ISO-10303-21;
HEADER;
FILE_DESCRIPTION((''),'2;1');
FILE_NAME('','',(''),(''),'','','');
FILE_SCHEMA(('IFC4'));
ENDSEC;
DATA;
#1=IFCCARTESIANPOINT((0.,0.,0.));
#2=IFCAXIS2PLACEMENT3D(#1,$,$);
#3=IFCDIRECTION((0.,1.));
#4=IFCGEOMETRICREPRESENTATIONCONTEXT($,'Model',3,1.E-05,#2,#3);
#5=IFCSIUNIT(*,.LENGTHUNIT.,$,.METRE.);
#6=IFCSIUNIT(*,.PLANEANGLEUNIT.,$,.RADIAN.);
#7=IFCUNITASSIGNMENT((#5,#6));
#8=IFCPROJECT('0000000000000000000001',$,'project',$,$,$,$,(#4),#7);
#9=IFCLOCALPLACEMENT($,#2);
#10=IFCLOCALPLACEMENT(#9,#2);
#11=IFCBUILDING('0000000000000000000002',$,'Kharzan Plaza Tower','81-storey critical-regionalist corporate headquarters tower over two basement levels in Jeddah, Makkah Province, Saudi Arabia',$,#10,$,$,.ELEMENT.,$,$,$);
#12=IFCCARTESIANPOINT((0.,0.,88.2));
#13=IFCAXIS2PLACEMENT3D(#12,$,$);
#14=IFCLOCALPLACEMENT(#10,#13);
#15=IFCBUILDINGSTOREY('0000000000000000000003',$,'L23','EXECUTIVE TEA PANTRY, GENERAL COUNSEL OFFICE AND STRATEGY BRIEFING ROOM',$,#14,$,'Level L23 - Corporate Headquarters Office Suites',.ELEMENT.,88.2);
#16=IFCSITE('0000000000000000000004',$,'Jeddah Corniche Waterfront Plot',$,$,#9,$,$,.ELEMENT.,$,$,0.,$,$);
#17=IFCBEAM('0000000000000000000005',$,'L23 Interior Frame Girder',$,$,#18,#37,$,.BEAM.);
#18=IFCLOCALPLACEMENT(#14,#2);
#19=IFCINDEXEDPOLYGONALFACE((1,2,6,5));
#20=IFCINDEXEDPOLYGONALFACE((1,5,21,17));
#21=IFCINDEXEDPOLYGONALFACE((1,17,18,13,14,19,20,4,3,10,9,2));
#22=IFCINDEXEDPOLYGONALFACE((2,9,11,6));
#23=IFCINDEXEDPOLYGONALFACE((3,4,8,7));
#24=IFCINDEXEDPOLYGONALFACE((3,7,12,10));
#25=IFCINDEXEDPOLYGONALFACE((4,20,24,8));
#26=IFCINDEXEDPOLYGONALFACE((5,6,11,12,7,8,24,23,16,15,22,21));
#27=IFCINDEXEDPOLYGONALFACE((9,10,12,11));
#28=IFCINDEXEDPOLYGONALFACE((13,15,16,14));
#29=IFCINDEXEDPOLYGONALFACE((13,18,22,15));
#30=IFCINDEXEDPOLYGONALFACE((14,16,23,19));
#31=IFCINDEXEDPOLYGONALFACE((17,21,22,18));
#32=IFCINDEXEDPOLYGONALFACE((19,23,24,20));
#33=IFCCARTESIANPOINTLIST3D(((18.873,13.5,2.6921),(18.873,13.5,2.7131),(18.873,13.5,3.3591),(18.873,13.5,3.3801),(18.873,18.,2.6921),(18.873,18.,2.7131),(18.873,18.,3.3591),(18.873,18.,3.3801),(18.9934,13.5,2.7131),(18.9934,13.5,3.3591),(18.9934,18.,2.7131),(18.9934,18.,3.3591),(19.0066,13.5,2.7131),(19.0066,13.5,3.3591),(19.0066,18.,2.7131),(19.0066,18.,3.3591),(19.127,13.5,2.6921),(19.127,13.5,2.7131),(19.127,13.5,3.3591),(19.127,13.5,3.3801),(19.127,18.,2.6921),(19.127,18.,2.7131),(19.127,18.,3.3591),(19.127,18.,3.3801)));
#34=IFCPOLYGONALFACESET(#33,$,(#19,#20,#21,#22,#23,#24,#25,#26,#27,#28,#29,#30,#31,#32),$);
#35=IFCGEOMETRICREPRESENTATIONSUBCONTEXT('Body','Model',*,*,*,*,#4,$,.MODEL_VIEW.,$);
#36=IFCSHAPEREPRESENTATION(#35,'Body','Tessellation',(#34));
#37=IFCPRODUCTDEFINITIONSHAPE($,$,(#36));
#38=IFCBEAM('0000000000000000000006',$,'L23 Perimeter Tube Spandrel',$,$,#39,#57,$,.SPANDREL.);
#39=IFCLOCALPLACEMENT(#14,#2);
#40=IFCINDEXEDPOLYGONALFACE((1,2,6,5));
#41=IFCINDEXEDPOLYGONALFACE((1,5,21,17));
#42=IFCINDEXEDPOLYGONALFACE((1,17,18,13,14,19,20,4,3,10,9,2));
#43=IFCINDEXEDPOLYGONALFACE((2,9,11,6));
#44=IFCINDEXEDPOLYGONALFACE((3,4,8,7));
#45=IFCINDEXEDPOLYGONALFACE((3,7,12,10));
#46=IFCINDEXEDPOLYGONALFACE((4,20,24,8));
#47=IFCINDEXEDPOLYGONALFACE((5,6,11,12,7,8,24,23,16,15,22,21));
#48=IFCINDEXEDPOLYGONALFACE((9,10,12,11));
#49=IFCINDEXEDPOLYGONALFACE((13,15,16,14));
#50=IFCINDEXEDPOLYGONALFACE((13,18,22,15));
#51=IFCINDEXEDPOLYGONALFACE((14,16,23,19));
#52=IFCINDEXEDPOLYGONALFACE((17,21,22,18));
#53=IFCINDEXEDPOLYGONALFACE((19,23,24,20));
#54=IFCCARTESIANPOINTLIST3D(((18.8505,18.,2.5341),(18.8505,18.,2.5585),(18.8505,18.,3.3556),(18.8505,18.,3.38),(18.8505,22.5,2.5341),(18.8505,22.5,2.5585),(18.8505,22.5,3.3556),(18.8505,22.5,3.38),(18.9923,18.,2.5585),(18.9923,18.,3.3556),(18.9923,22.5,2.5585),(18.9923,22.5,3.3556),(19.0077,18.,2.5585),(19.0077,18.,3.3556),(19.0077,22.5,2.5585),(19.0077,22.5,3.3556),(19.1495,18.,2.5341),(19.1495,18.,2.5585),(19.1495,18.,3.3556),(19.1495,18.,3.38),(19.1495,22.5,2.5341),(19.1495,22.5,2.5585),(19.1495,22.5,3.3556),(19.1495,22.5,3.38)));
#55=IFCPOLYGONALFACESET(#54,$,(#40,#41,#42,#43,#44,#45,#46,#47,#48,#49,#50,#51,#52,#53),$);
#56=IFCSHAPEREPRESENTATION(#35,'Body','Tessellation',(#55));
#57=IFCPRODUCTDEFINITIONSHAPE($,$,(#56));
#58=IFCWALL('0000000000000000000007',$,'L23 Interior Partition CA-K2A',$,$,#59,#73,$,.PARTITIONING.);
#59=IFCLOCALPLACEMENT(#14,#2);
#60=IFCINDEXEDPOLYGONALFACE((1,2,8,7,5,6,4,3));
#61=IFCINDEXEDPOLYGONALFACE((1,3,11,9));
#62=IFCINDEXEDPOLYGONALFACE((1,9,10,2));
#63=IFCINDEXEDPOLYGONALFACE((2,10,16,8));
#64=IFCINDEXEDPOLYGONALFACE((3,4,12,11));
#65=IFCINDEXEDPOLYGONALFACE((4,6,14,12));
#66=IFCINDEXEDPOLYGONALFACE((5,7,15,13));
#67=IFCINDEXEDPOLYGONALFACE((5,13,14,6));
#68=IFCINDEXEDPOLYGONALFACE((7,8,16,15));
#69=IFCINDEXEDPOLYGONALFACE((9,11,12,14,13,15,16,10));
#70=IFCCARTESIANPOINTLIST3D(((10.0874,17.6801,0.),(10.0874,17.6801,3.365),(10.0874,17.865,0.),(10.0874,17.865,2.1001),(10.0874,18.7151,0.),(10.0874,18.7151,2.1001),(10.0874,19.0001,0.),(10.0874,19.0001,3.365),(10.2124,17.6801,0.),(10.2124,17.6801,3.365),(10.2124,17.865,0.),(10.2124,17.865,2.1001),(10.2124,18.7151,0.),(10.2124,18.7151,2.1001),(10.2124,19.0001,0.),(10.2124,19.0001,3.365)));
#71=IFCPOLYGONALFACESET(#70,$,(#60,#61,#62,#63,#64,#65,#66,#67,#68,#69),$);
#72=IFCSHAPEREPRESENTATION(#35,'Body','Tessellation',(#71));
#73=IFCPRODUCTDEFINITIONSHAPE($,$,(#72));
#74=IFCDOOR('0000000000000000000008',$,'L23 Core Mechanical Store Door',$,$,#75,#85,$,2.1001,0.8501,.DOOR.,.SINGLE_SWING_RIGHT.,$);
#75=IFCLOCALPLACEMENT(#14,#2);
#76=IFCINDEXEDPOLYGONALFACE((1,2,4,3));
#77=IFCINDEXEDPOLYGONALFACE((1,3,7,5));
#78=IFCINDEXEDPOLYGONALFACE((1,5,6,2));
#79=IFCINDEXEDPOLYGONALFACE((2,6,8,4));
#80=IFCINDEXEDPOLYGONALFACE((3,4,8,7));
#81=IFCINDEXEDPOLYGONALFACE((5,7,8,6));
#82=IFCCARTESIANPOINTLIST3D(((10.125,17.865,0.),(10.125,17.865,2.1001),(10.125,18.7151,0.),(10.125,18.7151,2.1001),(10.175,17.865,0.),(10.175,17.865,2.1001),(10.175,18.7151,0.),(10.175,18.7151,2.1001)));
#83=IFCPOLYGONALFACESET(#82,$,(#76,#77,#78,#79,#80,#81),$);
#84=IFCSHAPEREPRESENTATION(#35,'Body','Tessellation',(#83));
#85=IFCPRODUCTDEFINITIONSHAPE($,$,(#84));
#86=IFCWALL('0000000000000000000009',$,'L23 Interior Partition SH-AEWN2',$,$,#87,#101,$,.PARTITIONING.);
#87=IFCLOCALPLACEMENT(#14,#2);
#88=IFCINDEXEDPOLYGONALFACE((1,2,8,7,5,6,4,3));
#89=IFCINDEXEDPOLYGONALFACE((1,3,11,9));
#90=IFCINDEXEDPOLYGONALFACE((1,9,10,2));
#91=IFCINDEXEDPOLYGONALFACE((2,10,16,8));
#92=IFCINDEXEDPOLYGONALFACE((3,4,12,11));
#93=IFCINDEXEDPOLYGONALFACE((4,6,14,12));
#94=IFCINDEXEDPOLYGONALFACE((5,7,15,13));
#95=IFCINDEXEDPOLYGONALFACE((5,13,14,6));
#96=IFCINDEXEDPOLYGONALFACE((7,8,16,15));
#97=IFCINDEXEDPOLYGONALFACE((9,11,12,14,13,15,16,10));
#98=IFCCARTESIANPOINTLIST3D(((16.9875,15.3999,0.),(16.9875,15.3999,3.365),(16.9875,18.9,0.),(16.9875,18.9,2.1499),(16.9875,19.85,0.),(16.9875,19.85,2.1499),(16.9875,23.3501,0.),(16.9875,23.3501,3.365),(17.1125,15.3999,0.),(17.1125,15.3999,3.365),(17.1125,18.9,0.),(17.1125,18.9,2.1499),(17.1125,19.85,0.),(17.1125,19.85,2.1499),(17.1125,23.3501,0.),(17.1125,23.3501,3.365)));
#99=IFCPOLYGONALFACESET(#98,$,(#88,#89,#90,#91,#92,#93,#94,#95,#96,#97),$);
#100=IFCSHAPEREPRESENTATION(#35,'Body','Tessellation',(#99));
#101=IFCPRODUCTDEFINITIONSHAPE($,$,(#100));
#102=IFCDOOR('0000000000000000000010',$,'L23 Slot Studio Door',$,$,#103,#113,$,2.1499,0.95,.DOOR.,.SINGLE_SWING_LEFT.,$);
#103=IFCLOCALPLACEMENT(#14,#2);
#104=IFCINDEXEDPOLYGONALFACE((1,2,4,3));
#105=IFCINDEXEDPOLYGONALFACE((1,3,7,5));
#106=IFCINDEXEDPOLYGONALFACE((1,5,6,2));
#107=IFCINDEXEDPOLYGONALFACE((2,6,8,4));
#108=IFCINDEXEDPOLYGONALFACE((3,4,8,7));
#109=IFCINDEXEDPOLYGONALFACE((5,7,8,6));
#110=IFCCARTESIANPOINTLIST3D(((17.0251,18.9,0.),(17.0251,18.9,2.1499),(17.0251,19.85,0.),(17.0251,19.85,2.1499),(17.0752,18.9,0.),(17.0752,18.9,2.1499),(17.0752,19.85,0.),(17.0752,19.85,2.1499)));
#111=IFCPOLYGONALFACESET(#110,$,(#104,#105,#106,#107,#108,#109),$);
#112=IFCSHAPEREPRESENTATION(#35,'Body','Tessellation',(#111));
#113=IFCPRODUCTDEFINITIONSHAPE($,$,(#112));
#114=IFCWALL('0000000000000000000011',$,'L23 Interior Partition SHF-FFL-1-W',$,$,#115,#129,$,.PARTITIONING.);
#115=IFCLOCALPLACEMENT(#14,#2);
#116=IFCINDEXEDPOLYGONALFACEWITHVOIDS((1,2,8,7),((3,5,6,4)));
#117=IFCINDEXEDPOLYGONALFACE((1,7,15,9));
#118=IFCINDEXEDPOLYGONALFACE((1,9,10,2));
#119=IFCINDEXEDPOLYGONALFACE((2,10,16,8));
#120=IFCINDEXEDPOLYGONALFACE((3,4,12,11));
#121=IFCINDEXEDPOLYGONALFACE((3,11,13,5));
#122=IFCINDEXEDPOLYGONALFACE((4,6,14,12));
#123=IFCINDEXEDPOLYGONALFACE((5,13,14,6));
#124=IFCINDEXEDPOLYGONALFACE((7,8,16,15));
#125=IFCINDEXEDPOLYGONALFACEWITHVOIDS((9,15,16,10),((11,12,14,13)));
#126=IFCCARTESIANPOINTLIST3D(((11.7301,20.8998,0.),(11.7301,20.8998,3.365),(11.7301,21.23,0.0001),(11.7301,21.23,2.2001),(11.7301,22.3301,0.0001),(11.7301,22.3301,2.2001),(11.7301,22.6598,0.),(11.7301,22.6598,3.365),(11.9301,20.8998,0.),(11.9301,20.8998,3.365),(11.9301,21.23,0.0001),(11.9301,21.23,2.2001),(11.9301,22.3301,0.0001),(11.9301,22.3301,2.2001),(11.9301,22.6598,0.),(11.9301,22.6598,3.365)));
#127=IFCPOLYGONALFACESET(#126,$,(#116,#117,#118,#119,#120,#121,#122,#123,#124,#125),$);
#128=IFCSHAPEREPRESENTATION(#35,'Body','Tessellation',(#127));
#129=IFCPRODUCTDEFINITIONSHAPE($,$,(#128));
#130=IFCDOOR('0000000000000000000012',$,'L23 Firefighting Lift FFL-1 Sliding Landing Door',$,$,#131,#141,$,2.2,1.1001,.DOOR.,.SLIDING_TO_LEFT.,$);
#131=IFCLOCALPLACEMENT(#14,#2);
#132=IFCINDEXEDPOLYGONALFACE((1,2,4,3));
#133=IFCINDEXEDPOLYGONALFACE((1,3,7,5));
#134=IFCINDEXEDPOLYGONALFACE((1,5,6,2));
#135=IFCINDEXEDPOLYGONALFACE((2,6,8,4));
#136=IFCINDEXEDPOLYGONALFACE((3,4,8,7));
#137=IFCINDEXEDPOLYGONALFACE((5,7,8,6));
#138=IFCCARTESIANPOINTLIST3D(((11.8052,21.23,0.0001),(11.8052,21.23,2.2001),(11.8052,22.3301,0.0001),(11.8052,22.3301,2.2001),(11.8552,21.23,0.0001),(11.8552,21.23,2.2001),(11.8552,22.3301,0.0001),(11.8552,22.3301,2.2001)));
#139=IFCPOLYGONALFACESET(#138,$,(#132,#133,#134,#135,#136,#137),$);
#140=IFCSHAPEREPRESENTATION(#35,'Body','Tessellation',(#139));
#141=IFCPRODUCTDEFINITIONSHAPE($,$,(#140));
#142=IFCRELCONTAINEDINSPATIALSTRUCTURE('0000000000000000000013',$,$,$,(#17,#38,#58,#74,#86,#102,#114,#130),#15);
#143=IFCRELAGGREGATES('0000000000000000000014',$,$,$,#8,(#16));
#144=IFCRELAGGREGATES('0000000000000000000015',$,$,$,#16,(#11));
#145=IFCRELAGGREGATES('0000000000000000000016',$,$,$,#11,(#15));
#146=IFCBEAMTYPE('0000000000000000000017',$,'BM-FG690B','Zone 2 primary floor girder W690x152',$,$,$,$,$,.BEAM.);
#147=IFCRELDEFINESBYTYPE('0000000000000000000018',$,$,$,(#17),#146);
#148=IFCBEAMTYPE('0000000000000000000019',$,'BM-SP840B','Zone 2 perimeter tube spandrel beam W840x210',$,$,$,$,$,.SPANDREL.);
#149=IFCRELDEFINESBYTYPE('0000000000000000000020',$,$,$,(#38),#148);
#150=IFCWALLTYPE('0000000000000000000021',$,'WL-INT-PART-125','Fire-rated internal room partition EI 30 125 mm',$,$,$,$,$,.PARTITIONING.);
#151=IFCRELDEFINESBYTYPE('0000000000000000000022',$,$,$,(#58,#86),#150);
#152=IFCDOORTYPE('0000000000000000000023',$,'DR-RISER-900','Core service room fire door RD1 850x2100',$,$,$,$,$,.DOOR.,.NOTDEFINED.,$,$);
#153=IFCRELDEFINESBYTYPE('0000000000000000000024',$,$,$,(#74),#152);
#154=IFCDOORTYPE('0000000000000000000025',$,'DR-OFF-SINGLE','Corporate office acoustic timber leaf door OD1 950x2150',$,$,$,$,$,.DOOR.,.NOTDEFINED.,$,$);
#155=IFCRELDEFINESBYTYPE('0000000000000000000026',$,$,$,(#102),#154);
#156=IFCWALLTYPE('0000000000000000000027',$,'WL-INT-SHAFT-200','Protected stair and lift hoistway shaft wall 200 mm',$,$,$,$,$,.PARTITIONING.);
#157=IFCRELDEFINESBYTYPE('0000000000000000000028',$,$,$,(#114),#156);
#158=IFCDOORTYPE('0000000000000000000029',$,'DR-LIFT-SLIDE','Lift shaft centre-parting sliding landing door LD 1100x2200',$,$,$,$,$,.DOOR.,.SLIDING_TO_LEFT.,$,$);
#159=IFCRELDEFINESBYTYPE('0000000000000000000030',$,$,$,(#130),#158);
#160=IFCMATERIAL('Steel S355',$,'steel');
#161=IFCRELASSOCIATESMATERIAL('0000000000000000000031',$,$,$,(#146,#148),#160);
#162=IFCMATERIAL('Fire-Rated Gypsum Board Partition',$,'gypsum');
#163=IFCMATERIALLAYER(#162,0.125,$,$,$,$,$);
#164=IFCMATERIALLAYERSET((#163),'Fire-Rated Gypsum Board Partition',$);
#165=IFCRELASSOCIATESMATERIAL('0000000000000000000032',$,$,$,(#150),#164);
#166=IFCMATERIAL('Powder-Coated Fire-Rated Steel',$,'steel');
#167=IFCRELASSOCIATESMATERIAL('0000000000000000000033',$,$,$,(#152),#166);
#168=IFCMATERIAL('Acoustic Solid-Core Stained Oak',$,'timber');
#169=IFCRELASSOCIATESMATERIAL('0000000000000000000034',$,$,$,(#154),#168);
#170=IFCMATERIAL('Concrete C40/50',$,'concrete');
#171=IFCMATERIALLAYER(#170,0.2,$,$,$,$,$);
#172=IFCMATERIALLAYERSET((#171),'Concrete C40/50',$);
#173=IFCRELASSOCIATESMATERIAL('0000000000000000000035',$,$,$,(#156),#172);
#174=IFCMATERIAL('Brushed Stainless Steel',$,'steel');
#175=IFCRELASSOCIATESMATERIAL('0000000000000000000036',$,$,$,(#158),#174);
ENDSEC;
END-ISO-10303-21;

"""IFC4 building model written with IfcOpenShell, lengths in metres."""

from ifc_helpers import new_model, si_unit, direction, frame, frame_2d, origin, origin_2d, place, context, subcontext, project, spatial, rectangle, i_section, extrude, source, transform, mapped, material, layer, layer_set, material_profile, profile_set, type_object, element, fill, save


model = new_model("IFC4")

# Units and contexts
model_context = context("Model", 3, precision=1e-05, world=origin(), true_north=direction((0.0, 1.0)))
body_context = subcontext(model_context, "Body", "Model", "MODEL_VIEW")
ifc_project = project(units=[si_unit("LENGTHUNIT", "METRE"), si_unit("PLANEANGLEUNIT", "RADIAN")], contexts=[model_context])

# Site, building, storey
site_placement = place(None, origin())
site = spatial("IfcSite", under=ifc_project, at=site_placement, Name="Jeddah Corniche Waterfront Plot", CompositionType="ELEMENT", RefElevation=0.0)
building_placement = place(site_placement, origin())
building = spatial("IfcBuilding", under=site, at=building_placement, Name="Kharzan Plaza Tower", Description="81-storey critical-regionalist corporate headquarters tower over two basement levels in Jeddah, Makkah Province, Saudi Arabia", CompositionType="ELEMENT")
storey_placement = place(building_placement, frame((0.0, 0.0, 88.2)))
storey = spatial("IfcBuildingStorey", under=building, at=storey_placement, Name="L23", Description="EXECUTIVE TEA PANTRY, GENERAL COUNSEL OFFICE AND STRATEGY BRIEFING ROOM", LongName="Level L23 - Corporate Headquarters Office Suites", CompositionType="ELEMENT", Elevation=88.2)

# Beams
ifc_material_1 = material(Name="Steel S355", Category="steel")
ifc_material_profile_1 = material_profile(ifc_material_1, i_section(OverallWidth=0.2539, OverallDepth=0.688, WebThickness=0.0132, FlangeThickness=0.021, at=origin_2d()), Name="W690x152")
ifc_profile_set_1 = profile_set([ifc_material_profile_1], Name="Steel S355")
beam_type_1 = type_object("IfcBeamType", Name="BM-FG690B", Description="Zone 2 primary floor girder W690x152", PredefinedType="BEAM", material=ifc_profile_set_1)
shared_shape_1 = source(origin(), body_context, "Body", "SweptSolid", [
    extrude(i_section(OverallWidth=0.2539, OverallDepth=0.688, WebThickness=0.0132, FlangeThickness=0.021, at=origin_2d()), origin(), (0.0, 0.0, 1.0), 4.5),
])
for number, where, z_axis, x_axis, name in (
    (1, (19.0, 13.5, 3.0361), (0.0, 1.0, 0.0), (-1.0, 0.0, 0.0), "L23 Interior Frame Girder"),
):
    element("IfcBeam", number, at=place(storey_placement, frame(where, z_axis=z_axis, x_axis=x_axis)), inside=storey, type_object=beam_type_1, Name=name, PredefinedType="BEAM", context=body_context, shape_type="MappedRepresentation", body=[
        mapped(shared_shape_1, transform((0.0, 0.0, 0.0), x_axis=(1.0, 0.0, 0.0), y_axis=(0.0, 1.0, 0.0), z_axis=(0.0, 0.0, 1.0))),
    ])
ifc_material_profile_2 = material_profile(ifc_material_1, i_section(OverallWidth=0.2991, OverallDepth=0.8459, WebThickness=0.0154, FlangeThickness=0.0244, at=origin_2d()), Name="W840x210")
ifc_profile_set_2 = profile_set([ifc_material_profile_2], Name="Steel S355")
beam_type_2 = type_object("IfcBeamType", Name="BM-SP840B", Description="Zone 2 perimeter tube spandrel beam W840x210", PredefinedType="SPANDREL", material=ifc_profile_set_2)
shared_shape_2 = source(origin(), body_context, "Body", "SweptSolid", [
    extrude(i_section(OverallWidth=0.2991, OverallDepth=0.8459, WebThickness=0.0154, FlangeThickness=0.0244, at=origin_2d()), origin(), (0.0, 0.0, 1.0), 4.5),
])
beam_1_placement = place(storey_placement, frame((19.0, 18.0, 2.957), z_axis=(0.0, 1.0, 0.0), x_axis=(-1.0, 0.0, 0.0)))
element("IfcBeam", 2, at=beam_1_placement, inside=storey, type_object=beam_type_2, Name="L23 Perimeter Tube Spandrel", PredefinedType="SPANDREL", context=body_context, shape_type="MappedRepresentation", body=[
    mapped(shared_shape_2, transform((0.0, 0.0, 0.0), x_axis=(1.0, 0.0, 0.0), y_axis=(0.0, 1.0, 0.0), z_axis=(0.0, 0.0, 1.0))),
])

# Walls, openings, doors
ifc_material_2 = material(Name="Fire-Rated Gypsum Board Partition", Category="gypsum")
ifc_layer_1 = layer(ifc_material_2, 0.125)
ifc_layer_set_1 = layer_set([ifc_layer_1], Name="Fire-Rated Gypsum Board Partition")
wall_type_1 = type_object("IfcWallType", Name="WL-INT-PART-125", Description="Fire-rated internal room partition EI 30 125 mm", PredefinedType="PARTITIONING", material=ifc_layer_set_1)
wall_1_placement = place(storey_placement, frame((10.1499, 17.6799, 0.0), z_axis=(0.0, 0.0, 1.0), x_axis=(0.0, 1.0, 0.0)))
wall_1 = element("IfcWall", 3, at=wall_1_placement, inside=storey, type_object=wall_type_1, Name="L23 Interior Partition CA-K2A", PredefinedType="PARTITIONING", context=body_context, shape_type="SweptSolid", body=[
    extrude(rectangle(XDim=1.3201, YDim=0.125, at=frame_2d((0.6602, 0.0))), origin(), (0.0, 0.0, 1.0), 3.365),
])
opening_1_placement = place(wall_1_placement, frame((0.1851, 0.0, 0.0)))
opening_1 = element("IfcOpeningElement", 4, at=opening_1_placement, cuts=wall_1, PredefinedType="OPENING", context=body_context, shape_type="SweptSolid", body=[
    extrude(rectangle(XDim=0.8501, YDim=2.1001, at=frame_2d((0.425, 1.05))), frame((0.0, 0.0725, 0.0), z_axis=(0.0, -1.0, 0.0), x_axis=(1.0, 0.0, 0.0)), (0.0, 0.0, 1.0), 0.145),
])
ifc_material_3 = material(Name="Powder-Coated Fire-Rated Steel", Category="steel")
door_type_1 = type_object("IfcDoorType", Name="DR-RISER-900", Description="Core service room fire door RD1 850x2100", OperationType="NOTDEFINED", PredefinedType="DOOR", material=ifc_material_3)
shared_shape_3 = source(origin(), body_context, "Body", "SweptSolid", [
    extrude(rectangle(XDim=0.8501, YDim=2.1001, at=frame_2d((0.425, 1.05))), frame((0.0, 0.0249, 0.0), z_axis=(0.0, -1.0, 0.0), x_axis=(1.0, 0.0, 0.0)), (0.0, 0.0, 1.0), 0.05),
])
door_1_placement = place(opening_1_placement, origin())
door_1 = element("IfcDoor", 5, at=door_1_placement, inside=storey, type_object=door_type_1, Name="L23 Core Mechanical Store Door", OperationType="SINGLE_SWING_RIGHT", OverallHeight=2.1001, OverallWidth=0.8501, PredefinedType="DOOR", context=body_context, shape_type="MappedRepresentation", body=[
    mapped(shared_shape_3, transform((0.0, 0.0, 0.0), x_axis=(1.0, 0.0, 0.0), y_axis=(0.0, 1.0, 0.0), z_axis=(0.0, 0.0, 1.0))),
])
fill(opening_1, door_1)
ifc_material_4 = material(Name="Acoustic Solid-Core Stained Oak", Category="timber")
door_type_2 = type_object("IfcDoorType", Name="DR-OFF-SINGLE", Description="Corporate office acoustic timber leaf door OD1 950x2150", OperationType="NOTDEFINED", PredefinedType="DOOR", material=ifc_material_4)
shared_shape_4 = source(origin(), body_context, "Body", "SweptSolid", [
    extrude(rectangle(XDim=0.95, YDim=2.1499, at=frame_2d((0.4751, 1.075))), frame((0.0, 0.0249, 0.0), z_axis=(0.0, -1.0, 0.0), x_axis=(1.0, 0.0, 0.0)), (0.0, 0.0, 1.0), 0.05),
])
wall_2_placement = place(storey_placement, frame((17.05, 15.3999, 0.0), z_axis=(0.0, 0.0, 1.0), x_axis=(0.0, 1.0, 0.0)))
wall_2 = element("IfcWall", 6, at=wall_2_placement, inside=storey, type_object=wall_type_1, Name="L23 Interior Partition SH-AEWN2", PredefinedType="PARTITIONING", context=body_context, shape_type="SweptSolid", body=[
    extrude(rectangle(XDim=7.9502, YDim=0.125, at=frame_2d((3.9751, 0.0))), origin(), (0.0, 0.0, 1.0), 3.365),
])
opening_2_placement = place(wall_2_placement, frame((3.5, 0.0, 0.0)))
opening_2 = element("IfcOpeningElement", 7, at=opening_2_placement, cuts=wall_2, PredefinedType="OPENING", context=body_context, shape_type="SweptSolid", body=[
    extrude(rectangle(XDim=0.95, YDim=2.1499, at=frame_2d((0.4751, 1.075))), frame((0.0, 0.0725, 0.0), z_axis=(0.0, -1.0, 0.0), x_axis=(1.0, 0.0, 0.0)), (0.0, 0.0, 1.0), 0.145),
])
door_2_placement = place(opening_2_placement, origin())
door_2 = element("IfcDoor", 8, at=door_2_placement, inside=storey, type_object=door_type_2, Name="L23 Slot Studio Door", OperationType="SINGLE_SWING_LEFT", OverallHeight=2.1499, OverallWidth=0.95, PredefinedType="DOOR", context=body_context, shape_type="MappedRepresentation", body=[
    mapped(shared_shape_4, transform((0.0, 0.0, 0.0), x_axis=(1.0, 0.0, 0.0), y_axis=(0.0, 1.0, 0.0), z_axis=(0.0, 0.0, 1.0))),
])
fill(opening_2, door_2)
ifc_material_5 = material(Name="Concrete C40/50", Category="concrete")
ifc_layer_2 = layer(ifc_material_5, 0.2)
ifc_layer_set_2 = layer_set([ifc_layer_2], Name="Concrete C40/50")
wall_type_2 = type_object("IfcWallType", Name="WL-INT-SHAFT-200", Description="Protected stair and lift hoistway shaft wall 200 mm", PredefinedType="PARTITIONING", material=ifc_layer_set_2)
wall_3_placement = place(storey_placement, frame((11.8301, 20.8999, 0.0), z_axis=(0.0, 0.0, 1.0), x_axis=(0.0, 1.0, 0.0)))
wall_3 = element("IfcWall", 9, at=wall_3_placement, inside=storey, type_object=wall_type_2, Name="L23 Interior Partition SHF-FFL-1-W", PredefinedType="PARTITIONING", context=body_context, shape_type="SweptSolid", body=[
    extrude(rectangle(XDim=1.76, YDim=0.2, at=frame_2d((0.8799, 0.0))), origin(), (0.0, 0.0, 1.0), 3.365),
])
opening_3_placement = place(wall_3_placement, frame((0.3301, 0.0, 0.0)))
opening_3 = element("IfcOpeningElement", 10, at=opening_3_placement, cuts=wall_3, PredefinedType="OPENING", context=body_context, shape_type="SweptSolid", body=[
    extrude(rectangle(XDim=1.1001, YDim=2.2, at=frame_2d((0.55, 1.1001))), frame((0.0, 0.1099, 0.0), z_axis=(0.0, -1.0, 0.0), x_axis=(1.0, 0.0, 0.0)), (0.0, 0.0, 1.0), 0.22),
])
ifc_material_6 = material(Name="Brushed Stainless Steel", Category="steel")
door_type_3 = type_object("IfcDoorType", Name="DR-LIFT-SLIDE", Description="Lift shaft centre-parting sliding landing door LD 1100x2200", OperationType="SLIDING_TO_LEFT", PredefinedType="DOOR", material=ifc_material_6)
shared_shape_5 = source(origin(), body_context, "Body", "SweptSolid", [
    extrude(rectangle(XDim=1.1001, YDim=2.2, at=frame_2d((0.55, 1.1001))), frame((0.0, 0.0249, 0.0), z_axis=(0.0, -1.0, 0.0), x_axis=(1.0, 0.0, 0.0)), (0.0, 0.0, 1.0), 0.05),
])
door_3_placement = place(opening_3_placement, origin())
door_3 = element("IfcDoor", 11, at=door_3_placement, inside=storey, type_object=door_type_3, Name="L23 Firefighting Lift FFL-1 Sliding Landing Door", OperationType="SLIDING_TO_LEFT", OverallHeight=2.2, OverallWidth=1.1001, PredefinedType="DOOR", context=body_context, shape_type="MappedRepresentation", body=[
    mapped(shared_shape_5, transform((0.0, 0.0, 0.0), x_axis=(1.0, 0.0, 0.0), y_axis=(0.0, 1.0, 0.0), z_axis=(0.0, 0.0, 1.0))),
])
fill(opening_3, door_3)

save(model, "model.ifc")
